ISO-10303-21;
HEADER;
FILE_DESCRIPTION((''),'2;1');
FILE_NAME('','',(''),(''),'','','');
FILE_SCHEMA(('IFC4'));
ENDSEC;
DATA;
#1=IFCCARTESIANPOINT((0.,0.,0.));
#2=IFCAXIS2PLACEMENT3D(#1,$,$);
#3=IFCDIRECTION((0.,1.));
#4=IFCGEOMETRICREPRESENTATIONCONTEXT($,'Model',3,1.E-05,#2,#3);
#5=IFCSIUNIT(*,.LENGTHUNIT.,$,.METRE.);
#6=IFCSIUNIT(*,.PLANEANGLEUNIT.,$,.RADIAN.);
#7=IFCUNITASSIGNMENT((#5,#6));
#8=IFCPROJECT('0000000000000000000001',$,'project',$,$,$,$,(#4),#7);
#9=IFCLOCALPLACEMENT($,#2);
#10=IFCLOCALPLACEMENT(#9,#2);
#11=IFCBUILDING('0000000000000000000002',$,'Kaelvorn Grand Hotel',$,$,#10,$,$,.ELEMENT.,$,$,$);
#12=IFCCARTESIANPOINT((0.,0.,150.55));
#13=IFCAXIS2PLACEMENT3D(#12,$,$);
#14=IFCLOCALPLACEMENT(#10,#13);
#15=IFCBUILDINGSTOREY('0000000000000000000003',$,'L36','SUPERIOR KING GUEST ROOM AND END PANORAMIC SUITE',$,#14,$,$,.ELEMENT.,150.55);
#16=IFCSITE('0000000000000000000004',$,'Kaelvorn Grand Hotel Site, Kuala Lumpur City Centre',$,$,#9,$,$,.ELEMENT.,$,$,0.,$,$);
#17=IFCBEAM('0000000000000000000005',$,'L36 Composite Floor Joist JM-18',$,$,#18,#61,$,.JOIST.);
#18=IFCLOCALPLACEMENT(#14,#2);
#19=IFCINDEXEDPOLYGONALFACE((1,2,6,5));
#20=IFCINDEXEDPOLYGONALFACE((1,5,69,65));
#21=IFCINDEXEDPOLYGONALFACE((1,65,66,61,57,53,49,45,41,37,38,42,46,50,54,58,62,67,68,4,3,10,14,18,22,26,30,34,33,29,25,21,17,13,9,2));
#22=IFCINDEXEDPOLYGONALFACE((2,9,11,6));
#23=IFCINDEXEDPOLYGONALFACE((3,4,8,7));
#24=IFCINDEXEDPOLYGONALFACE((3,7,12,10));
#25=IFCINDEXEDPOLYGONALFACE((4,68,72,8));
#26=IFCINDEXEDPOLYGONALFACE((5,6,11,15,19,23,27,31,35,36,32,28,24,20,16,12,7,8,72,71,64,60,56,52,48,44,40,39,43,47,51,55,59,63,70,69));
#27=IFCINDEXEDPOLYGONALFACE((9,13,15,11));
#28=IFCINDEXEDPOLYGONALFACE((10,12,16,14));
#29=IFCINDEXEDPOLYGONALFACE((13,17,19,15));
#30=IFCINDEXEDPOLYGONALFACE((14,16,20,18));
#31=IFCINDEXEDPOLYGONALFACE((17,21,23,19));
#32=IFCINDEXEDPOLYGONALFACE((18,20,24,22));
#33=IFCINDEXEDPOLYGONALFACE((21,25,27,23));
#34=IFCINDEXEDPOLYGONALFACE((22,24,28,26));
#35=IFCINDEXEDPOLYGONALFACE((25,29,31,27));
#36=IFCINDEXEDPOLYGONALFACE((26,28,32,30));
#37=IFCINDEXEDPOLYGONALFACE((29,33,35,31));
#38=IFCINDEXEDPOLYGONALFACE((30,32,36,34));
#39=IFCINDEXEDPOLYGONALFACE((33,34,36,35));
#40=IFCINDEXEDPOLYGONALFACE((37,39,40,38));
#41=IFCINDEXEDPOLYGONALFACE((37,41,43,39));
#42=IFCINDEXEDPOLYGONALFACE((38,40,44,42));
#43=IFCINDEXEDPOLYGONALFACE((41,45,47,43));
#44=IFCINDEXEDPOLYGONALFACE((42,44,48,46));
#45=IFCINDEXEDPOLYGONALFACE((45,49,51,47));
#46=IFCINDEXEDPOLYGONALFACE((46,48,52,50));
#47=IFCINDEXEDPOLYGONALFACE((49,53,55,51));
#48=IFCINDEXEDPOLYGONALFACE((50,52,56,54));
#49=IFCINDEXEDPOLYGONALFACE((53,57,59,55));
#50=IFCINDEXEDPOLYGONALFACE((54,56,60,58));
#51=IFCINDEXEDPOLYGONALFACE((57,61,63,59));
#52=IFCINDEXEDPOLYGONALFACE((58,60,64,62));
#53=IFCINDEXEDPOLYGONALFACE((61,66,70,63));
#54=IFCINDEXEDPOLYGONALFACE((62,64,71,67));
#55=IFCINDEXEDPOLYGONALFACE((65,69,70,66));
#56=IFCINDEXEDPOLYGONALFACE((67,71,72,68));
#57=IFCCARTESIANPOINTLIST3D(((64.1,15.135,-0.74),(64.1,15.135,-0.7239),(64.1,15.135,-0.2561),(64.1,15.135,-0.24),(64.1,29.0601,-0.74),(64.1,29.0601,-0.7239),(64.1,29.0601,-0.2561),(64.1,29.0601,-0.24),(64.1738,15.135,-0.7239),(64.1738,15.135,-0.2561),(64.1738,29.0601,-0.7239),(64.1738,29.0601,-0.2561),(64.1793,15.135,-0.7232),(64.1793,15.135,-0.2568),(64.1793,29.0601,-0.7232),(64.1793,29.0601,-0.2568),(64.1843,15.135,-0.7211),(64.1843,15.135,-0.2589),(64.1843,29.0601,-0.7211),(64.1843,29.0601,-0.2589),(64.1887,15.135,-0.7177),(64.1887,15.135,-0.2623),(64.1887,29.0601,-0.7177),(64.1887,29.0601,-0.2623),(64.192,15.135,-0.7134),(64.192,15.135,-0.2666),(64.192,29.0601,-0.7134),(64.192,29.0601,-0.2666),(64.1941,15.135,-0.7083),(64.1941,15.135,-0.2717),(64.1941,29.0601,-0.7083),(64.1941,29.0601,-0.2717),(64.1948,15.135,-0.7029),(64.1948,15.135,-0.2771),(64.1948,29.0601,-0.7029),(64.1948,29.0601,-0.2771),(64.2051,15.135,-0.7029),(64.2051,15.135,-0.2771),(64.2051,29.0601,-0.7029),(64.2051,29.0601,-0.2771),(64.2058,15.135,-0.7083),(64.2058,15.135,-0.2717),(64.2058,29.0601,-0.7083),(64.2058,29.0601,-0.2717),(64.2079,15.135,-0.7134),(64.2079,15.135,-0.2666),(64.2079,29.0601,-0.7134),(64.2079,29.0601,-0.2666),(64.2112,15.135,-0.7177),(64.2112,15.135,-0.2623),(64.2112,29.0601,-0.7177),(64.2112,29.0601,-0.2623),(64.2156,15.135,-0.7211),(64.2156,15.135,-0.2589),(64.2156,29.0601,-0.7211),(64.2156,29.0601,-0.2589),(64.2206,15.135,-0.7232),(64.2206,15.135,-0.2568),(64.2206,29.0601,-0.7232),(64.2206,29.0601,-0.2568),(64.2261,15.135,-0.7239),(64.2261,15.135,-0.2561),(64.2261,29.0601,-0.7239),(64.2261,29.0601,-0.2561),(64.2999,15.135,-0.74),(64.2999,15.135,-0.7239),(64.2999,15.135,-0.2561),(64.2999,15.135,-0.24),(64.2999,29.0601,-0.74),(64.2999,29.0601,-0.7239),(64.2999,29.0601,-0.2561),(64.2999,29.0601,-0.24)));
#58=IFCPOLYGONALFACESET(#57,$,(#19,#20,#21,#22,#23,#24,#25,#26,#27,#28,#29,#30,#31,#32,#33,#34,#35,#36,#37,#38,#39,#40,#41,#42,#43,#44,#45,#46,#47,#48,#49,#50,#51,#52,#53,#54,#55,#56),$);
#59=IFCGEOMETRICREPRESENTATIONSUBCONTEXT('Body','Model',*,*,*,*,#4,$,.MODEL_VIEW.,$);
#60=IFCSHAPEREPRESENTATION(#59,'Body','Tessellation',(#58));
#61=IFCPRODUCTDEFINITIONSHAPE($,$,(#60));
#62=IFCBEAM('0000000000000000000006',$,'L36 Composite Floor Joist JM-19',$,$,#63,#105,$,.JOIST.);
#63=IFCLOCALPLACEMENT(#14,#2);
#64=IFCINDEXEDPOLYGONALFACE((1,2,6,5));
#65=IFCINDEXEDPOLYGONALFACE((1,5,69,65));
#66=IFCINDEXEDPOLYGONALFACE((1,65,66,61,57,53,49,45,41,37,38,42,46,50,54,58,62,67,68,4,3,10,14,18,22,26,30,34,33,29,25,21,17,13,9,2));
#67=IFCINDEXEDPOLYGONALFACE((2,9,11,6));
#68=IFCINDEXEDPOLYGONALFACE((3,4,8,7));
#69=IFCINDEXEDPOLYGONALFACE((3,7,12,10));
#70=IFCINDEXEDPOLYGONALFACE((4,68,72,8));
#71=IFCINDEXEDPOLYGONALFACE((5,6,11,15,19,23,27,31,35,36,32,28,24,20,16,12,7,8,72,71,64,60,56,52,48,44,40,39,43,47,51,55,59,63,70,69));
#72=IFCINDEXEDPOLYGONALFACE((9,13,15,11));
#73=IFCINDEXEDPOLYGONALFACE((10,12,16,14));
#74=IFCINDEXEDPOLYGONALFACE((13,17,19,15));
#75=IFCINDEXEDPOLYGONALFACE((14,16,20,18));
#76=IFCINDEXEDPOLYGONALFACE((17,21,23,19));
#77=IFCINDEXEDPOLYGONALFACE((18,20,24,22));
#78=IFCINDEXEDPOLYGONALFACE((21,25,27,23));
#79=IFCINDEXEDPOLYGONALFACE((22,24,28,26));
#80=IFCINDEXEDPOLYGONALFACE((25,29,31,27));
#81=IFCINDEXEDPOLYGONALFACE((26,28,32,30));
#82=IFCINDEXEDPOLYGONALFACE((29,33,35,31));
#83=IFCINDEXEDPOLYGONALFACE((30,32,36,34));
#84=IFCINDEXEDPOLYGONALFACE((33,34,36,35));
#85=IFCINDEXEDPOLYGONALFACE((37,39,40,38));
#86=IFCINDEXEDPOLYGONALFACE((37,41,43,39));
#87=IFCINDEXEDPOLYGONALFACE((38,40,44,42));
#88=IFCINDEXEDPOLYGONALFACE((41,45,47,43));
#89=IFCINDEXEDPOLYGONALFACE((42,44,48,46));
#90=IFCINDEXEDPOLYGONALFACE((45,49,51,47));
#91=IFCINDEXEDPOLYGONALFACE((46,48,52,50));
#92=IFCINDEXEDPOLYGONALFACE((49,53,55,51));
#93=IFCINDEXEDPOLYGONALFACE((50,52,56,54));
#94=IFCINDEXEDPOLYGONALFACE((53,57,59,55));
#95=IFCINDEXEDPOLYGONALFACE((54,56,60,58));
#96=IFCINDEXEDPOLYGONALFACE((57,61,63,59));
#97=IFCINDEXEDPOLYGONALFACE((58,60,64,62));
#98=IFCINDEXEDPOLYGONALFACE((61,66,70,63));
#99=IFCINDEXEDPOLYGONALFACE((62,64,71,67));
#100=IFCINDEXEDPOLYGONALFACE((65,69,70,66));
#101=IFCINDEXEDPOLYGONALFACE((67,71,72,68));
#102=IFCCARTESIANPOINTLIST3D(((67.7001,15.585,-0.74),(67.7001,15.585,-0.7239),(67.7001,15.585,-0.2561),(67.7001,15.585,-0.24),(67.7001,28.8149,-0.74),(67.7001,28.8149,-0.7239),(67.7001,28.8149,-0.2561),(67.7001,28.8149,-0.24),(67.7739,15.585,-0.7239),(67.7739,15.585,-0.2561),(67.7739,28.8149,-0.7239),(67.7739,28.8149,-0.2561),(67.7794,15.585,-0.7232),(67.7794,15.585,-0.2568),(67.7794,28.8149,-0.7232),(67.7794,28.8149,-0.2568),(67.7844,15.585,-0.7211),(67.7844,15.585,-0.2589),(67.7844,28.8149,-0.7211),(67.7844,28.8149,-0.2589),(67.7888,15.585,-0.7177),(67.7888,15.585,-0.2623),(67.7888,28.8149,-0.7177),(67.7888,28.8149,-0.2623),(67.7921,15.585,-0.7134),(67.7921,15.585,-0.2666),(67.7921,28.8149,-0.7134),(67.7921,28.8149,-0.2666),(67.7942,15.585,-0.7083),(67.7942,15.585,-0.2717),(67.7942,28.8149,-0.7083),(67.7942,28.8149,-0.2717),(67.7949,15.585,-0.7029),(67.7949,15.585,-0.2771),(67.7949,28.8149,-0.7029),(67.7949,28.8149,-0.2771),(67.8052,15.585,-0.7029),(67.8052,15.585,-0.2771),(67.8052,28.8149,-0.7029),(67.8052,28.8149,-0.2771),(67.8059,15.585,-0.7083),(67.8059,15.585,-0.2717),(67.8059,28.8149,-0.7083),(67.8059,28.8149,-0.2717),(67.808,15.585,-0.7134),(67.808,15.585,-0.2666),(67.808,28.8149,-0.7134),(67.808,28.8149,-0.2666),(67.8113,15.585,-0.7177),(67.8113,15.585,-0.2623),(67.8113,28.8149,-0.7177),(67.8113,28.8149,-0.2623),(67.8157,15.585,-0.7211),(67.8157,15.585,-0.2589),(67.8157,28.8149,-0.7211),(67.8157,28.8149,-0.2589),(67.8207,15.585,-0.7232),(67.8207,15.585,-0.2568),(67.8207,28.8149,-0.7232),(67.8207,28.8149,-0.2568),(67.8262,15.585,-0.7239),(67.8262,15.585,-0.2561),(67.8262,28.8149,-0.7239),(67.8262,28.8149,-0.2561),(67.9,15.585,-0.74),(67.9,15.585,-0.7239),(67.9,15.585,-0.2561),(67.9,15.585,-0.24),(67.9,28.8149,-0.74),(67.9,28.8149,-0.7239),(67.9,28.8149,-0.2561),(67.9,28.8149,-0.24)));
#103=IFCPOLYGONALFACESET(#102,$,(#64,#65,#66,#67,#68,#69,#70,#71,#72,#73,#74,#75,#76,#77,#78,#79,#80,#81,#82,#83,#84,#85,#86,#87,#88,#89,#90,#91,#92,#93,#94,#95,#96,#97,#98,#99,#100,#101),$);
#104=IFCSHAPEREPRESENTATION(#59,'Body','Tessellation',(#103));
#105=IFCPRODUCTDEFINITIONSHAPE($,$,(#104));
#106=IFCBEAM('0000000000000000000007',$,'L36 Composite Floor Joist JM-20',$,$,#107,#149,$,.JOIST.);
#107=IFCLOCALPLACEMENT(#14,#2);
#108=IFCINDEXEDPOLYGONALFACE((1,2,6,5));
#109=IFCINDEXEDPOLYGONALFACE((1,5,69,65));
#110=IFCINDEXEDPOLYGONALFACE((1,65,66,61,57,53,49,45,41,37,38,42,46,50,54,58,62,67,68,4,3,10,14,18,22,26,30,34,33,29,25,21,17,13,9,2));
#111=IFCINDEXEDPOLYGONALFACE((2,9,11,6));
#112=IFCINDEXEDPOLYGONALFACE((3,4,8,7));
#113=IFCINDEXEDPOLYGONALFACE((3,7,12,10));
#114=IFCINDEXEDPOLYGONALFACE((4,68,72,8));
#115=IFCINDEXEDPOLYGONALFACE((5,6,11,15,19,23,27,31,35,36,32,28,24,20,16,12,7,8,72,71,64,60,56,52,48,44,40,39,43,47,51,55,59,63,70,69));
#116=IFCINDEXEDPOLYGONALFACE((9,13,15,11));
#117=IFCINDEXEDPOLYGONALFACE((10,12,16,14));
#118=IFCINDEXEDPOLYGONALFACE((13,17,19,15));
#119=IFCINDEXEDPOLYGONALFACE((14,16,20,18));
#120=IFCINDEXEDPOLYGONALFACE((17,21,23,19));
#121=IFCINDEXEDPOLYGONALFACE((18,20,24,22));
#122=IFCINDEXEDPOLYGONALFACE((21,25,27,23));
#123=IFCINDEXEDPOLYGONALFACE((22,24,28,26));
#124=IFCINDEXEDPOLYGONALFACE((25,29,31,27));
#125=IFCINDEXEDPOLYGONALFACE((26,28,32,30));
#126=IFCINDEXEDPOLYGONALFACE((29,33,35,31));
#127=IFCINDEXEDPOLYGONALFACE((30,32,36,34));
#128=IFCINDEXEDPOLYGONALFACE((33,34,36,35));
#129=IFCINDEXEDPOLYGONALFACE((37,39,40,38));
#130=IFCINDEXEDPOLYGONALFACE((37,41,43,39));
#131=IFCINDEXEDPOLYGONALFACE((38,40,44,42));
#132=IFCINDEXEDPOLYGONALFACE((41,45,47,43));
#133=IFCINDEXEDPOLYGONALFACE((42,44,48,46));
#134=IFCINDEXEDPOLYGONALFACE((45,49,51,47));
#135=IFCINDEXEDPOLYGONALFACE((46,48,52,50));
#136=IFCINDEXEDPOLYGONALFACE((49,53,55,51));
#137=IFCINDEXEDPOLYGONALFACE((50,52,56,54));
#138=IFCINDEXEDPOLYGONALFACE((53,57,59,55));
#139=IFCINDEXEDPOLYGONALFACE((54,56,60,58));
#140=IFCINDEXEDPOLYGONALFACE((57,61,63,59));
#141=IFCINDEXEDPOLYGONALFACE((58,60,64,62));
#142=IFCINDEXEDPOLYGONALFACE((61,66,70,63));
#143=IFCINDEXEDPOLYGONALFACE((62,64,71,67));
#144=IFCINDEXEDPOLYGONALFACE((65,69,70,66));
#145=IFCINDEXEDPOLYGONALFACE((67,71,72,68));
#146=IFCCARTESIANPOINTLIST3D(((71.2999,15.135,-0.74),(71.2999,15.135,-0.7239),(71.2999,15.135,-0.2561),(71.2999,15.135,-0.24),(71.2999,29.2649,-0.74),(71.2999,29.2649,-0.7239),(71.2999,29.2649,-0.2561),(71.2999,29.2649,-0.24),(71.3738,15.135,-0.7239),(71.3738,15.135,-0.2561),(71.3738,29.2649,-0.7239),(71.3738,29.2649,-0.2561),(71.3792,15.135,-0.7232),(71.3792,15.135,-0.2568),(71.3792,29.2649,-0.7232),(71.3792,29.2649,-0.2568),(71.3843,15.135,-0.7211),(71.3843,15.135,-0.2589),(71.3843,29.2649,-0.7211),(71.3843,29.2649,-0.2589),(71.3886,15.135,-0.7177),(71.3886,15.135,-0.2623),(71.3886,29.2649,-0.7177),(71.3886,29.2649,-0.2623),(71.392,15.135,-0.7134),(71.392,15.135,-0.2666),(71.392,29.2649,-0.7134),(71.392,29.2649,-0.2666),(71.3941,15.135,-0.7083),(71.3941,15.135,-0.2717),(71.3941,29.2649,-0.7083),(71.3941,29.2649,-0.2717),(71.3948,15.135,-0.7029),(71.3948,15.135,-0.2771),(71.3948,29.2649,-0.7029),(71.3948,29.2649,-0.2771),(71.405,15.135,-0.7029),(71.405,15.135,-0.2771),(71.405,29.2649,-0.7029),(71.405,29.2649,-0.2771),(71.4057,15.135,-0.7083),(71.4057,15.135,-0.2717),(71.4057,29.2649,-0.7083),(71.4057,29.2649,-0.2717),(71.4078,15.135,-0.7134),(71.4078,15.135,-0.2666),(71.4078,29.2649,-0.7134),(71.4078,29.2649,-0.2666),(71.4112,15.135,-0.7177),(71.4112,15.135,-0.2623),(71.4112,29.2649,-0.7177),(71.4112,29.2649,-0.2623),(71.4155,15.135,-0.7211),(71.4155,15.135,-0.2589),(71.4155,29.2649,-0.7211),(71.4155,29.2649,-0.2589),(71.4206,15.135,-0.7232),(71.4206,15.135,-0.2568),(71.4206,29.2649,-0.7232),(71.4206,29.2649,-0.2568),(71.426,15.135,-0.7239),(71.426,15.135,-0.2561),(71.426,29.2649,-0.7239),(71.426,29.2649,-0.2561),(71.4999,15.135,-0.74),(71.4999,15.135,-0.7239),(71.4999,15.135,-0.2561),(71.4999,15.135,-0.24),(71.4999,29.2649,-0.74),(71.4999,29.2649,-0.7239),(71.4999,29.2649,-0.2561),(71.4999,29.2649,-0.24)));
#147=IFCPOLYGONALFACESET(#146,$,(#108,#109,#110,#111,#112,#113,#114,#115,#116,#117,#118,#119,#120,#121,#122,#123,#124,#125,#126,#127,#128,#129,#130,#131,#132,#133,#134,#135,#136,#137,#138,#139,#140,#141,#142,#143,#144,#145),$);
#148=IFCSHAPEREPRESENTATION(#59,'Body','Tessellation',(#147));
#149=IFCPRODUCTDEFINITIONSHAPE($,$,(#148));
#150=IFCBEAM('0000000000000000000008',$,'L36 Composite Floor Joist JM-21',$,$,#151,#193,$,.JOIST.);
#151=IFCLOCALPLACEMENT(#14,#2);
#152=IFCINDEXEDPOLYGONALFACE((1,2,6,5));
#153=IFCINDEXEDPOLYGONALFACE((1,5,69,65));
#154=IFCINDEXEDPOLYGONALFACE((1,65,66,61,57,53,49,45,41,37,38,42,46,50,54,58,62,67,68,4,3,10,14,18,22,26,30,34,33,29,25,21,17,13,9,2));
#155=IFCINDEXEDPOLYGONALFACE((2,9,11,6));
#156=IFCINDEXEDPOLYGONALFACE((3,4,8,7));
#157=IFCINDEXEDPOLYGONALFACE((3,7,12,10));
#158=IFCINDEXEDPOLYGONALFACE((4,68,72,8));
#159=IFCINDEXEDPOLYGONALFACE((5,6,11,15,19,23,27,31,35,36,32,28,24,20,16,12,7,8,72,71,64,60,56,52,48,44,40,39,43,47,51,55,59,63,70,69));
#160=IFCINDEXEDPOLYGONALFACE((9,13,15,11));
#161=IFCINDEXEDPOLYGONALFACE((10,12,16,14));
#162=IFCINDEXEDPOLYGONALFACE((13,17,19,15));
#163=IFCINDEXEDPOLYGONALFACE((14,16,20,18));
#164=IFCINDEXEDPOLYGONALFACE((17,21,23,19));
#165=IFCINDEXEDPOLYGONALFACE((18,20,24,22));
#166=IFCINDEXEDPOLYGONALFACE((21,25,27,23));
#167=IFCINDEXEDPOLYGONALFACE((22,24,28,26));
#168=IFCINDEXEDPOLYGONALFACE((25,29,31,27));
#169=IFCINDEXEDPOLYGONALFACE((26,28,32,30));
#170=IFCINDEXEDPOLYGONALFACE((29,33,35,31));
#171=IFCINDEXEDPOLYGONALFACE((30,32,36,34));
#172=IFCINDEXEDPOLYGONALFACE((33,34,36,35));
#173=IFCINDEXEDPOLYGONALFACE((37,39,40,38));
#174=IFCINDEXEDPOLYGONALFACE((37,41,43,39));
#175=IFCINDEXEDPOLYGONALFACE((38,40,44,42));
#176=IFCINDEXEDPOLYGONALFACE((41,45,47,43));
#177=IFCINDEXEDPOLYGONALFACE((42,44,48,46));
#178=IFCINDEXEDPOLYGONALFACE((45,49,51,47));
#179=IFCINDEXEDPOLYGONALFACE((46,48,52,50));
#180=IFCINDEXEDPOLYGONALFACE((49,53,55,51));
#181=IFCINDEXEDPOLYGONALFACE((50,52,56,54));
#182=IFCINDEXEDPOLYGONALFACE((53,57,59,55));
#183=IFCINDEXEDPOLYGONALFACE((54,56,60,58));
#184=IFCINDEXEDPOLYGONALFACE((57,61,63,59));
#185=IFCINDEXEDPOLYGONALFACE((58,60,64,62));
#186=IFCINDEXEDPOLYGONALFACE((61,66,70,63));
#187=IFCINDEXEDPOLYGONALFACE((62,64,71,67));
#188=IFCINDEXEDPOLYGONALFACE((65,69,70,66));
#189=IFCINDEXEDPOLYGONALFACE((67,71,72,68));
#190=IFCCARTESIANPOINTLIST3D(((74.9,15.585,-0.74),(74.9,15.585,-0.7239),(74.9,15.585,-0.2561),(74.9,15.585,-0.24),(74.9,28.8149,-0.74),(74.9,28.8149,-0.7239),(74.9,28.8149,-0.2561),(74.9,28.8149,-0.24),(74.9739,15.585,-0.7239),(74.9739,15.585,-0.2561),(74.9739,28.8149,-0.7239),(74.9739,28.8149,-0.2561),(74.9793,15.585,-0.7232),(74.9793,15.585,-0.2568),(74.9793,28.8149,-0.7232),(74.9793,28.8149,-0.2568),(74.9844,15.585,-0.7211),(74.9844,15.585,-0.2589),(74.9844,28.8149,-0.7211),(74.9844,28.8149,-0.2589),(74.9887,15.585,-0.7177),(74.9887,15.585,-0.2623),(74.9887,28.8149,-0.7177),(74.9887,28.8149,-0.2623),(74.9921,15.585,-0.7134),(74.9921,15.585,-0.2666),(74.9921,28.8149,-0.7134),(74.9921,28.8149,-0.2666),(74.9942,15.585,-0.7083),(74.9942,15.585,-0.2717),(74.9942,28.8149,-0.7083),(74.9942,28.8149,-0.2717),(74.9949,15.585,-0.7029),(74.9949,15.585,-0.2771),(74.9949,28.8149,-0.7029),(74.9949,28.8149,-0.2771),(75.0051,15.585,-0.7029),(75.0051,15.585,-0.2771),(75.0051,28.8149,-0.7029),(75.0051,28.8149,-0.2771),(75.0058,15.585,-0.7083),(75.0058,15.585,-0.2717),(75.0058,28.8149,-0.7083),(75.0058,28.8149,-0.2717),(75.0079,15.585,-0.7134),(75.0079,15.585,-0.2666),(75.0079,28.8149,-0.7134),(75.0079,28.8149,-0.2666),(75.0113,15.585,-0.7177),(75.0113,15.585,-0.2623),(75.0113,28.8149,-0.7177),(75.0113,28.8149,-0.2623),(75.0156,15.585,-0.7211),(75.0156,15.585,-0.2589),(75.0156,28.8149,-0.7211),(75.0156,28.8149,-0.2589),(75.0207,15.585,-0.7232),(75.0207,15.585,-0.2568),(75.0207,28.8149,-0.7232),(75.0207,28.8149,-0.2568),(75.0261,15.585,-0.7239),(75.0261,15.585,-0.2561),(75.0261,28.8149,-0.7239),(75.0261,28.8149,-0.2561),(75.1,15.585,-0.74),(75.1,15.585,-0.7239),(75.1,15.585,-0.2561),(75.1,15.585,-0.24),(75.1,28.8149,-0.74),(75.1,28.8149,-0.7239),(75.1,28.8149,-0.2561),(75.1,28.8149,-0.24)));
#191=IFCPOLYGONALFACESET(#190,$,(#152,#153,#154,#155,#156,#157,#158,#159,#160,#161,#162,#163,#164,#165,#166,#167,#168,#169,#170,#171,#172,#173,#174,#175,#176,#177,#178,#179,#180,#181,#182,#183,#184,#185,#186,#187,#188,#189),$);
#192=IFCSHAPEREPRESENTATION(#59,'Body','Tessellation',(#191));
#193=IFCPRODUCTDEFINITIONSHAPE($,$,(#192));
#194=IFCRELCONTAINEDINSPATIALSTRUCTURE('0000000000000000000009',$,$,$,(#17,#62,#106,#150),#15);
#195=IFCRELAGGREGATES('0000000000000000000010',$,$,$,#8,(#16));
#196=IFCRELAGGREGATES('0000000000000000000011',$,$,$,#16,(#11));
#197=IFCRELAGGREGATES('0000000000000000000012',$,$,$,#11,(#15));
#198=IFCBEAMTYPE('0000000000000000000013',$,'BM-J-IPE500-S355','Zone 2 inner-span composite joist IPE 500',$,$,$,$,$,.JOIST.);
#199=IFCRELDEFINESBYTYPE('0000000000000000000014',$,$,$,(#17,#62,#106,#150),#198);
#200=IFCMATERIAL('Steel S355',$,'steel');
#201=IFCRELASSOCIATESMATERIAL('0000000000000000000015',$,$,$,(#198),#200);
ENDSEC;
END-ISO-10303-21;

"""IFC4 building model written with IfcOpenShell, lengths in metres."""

from ifc_helpers import new_model, si_unit, direction, frame, origin, origin_2d, place, context, subcontext, project, spatial, i_section, extrude, material, material_profile, profile_set, type_object, element, save


model = new_model("IFC4")

# Units and contexts
model_context = context("Model", 3, precision=1e-05, world=origin(), true_north=direction((0.0, 1.0)))
body_context = subcontext(model_context, "Body", "Model", "MODEL_VIEW")
ifc_project = project(units=[si_unit("LENGTHUNIT", "METRE"), si_unit("PLANEANGLEUNIT", "RADIAN")], contexts=[model_context])

# Site, building, storey
site_placement = place(None, origin())
site = spatial("IfcSite", under=ifc_project, at=site_placement, Name="Kaelvorn Grand Hotel Site, Kuala Lumpur City Centre", CompositionType="ELEMENT", RefElevation=0.0)
building_placement = place(site_placement, origin())
building = spatial("IfcBuilding", under=site, at=building_placement, Name="Kaelvorn Grand Hotel", CompositionType="ELEMENT")
storey_placement = place(building_placement, frame((0.0, 0.0, 150.55)))
storey = spatial("IfcBuildingStorey", under=building, at=storey_placement, Name="L36", Description="SUPERIOR KING GUEST ROOM AND END PANORAMIC SUITE", CompositionType="ELEMENT", Elevation=150.55)

# Beams
ifc_material_1 = material(Name="Steel S355", Category="steel")
ifc_material_profile_1 = material_profile(ifc_material_1, i_section(OverallWidth=0.2, OverallDepth=0.5, WebThickness=0.0103, FlangeThickness=0.0161, FilletRadius=0.021, at=origin_2d()), Name="IPE 500")
ifc_profile_set_1 = profile_set([ifc_material_profile_1], Name="Steel S355")
beam_type_1 = type_object("IfcBeamType", Name="BM-J-IPE500-S355", Description="Zone 2 inner-span composite joist IPE 500", PredefinedType="JOIST", material=ifc_profile_set_1)
beam_1_placement = place(storey_placement, frame((64.2, 15.135, -0.49), z_axis=(0.0, 1.0, 0.0), x_axis=(-1.0, 0.0, 0.0)))
element("IfcBeam", 1, at=beam_1_placement, inside=storey, type_object=beam_type_1, Name="L36 Composite Floor Joist JM-18", PredefinedType="JOIST", context=body_context, shape_type="SweptSolid", body=[
    extrude(i_section(OverallWidth=0.2, OverallDepth=0.5, WebThickness=0.0103, FlangeThickness=0.0161, FilletRadius=0.021, at=origin_2d()), origin(), (0.0, 0.0, 1.0), 13.925),
])
beam_2_placement = place(storey_placement, frame((67.8, 15.585, -0.49), z_axis=(0.0, 1.0, 0.0), x_axis=(-1.0, 0.0, 0.0)))
element("IfcBeam", 2, at=beam_2_placement, inside=storey, type_object=beam_type_1, Name="L36 Composite Floor Joist JM-19", PredefinedType="JOIST", context=body_context, shape_type="SweptSolid", body=[
    extrude(i_section(OverallWidth=0.2, OverallDepth=0.5, WebThickness=0.0103, FlangeThickness=0.0161, FilletRadius=0.021, at=origin_2d()), origin(), (0.0, 0.0, 1.0), 13.23),
])
beam_3_placement = place(storey_placement, frame((71.3999, 15.135, -0.49), z_axis=(0.0, 1.0, 0.0), x_axis=(-1.0, 0.0, 0.0)))
element("IfcBeam", 3, at=beam_3_placement, inside=storey, type_object=beam_type_1, Name="L36 Composite Floor Joist JM-20", PredefinedType="JOIST", context=body_context, shape_type="SweptSolid", body=[
    extrude(i_section(OverallWidth=0.2, OverallDepth=0.5, WebThickness=0.0103, FlangeThickness=0.0161, FilletRadius=0.021, at=origin_2d()), origin(), (0.0, 0.0, 1.0), 14.1299),
])
beam_4_placement = place(storey_placement, frame((75.0, 15.585, -0.49), z_axis=(0.0, 1.0, 0.0), x_axis=(-1.0, 0.0, 0.0)))
element("IfcBeam", 4, at=beam_4_placement, inside=storey, type_object=beam_type_1, Name="L36 Composite Floor Joist JM-21", PredefinedType="JOIST", context=body_context, shape_type="SweptSolid", body=[
    extrude(i_section(OverallWidth=0.2, OverallDepth=0.5, WebThickness=0.0103, FlangeThickness=0.0161, FilletRadius=0.021, at=origin_2d()), origin(), (0.0, 0.0, 1.0), 13.23),
])

save(model, "model.ifc")
